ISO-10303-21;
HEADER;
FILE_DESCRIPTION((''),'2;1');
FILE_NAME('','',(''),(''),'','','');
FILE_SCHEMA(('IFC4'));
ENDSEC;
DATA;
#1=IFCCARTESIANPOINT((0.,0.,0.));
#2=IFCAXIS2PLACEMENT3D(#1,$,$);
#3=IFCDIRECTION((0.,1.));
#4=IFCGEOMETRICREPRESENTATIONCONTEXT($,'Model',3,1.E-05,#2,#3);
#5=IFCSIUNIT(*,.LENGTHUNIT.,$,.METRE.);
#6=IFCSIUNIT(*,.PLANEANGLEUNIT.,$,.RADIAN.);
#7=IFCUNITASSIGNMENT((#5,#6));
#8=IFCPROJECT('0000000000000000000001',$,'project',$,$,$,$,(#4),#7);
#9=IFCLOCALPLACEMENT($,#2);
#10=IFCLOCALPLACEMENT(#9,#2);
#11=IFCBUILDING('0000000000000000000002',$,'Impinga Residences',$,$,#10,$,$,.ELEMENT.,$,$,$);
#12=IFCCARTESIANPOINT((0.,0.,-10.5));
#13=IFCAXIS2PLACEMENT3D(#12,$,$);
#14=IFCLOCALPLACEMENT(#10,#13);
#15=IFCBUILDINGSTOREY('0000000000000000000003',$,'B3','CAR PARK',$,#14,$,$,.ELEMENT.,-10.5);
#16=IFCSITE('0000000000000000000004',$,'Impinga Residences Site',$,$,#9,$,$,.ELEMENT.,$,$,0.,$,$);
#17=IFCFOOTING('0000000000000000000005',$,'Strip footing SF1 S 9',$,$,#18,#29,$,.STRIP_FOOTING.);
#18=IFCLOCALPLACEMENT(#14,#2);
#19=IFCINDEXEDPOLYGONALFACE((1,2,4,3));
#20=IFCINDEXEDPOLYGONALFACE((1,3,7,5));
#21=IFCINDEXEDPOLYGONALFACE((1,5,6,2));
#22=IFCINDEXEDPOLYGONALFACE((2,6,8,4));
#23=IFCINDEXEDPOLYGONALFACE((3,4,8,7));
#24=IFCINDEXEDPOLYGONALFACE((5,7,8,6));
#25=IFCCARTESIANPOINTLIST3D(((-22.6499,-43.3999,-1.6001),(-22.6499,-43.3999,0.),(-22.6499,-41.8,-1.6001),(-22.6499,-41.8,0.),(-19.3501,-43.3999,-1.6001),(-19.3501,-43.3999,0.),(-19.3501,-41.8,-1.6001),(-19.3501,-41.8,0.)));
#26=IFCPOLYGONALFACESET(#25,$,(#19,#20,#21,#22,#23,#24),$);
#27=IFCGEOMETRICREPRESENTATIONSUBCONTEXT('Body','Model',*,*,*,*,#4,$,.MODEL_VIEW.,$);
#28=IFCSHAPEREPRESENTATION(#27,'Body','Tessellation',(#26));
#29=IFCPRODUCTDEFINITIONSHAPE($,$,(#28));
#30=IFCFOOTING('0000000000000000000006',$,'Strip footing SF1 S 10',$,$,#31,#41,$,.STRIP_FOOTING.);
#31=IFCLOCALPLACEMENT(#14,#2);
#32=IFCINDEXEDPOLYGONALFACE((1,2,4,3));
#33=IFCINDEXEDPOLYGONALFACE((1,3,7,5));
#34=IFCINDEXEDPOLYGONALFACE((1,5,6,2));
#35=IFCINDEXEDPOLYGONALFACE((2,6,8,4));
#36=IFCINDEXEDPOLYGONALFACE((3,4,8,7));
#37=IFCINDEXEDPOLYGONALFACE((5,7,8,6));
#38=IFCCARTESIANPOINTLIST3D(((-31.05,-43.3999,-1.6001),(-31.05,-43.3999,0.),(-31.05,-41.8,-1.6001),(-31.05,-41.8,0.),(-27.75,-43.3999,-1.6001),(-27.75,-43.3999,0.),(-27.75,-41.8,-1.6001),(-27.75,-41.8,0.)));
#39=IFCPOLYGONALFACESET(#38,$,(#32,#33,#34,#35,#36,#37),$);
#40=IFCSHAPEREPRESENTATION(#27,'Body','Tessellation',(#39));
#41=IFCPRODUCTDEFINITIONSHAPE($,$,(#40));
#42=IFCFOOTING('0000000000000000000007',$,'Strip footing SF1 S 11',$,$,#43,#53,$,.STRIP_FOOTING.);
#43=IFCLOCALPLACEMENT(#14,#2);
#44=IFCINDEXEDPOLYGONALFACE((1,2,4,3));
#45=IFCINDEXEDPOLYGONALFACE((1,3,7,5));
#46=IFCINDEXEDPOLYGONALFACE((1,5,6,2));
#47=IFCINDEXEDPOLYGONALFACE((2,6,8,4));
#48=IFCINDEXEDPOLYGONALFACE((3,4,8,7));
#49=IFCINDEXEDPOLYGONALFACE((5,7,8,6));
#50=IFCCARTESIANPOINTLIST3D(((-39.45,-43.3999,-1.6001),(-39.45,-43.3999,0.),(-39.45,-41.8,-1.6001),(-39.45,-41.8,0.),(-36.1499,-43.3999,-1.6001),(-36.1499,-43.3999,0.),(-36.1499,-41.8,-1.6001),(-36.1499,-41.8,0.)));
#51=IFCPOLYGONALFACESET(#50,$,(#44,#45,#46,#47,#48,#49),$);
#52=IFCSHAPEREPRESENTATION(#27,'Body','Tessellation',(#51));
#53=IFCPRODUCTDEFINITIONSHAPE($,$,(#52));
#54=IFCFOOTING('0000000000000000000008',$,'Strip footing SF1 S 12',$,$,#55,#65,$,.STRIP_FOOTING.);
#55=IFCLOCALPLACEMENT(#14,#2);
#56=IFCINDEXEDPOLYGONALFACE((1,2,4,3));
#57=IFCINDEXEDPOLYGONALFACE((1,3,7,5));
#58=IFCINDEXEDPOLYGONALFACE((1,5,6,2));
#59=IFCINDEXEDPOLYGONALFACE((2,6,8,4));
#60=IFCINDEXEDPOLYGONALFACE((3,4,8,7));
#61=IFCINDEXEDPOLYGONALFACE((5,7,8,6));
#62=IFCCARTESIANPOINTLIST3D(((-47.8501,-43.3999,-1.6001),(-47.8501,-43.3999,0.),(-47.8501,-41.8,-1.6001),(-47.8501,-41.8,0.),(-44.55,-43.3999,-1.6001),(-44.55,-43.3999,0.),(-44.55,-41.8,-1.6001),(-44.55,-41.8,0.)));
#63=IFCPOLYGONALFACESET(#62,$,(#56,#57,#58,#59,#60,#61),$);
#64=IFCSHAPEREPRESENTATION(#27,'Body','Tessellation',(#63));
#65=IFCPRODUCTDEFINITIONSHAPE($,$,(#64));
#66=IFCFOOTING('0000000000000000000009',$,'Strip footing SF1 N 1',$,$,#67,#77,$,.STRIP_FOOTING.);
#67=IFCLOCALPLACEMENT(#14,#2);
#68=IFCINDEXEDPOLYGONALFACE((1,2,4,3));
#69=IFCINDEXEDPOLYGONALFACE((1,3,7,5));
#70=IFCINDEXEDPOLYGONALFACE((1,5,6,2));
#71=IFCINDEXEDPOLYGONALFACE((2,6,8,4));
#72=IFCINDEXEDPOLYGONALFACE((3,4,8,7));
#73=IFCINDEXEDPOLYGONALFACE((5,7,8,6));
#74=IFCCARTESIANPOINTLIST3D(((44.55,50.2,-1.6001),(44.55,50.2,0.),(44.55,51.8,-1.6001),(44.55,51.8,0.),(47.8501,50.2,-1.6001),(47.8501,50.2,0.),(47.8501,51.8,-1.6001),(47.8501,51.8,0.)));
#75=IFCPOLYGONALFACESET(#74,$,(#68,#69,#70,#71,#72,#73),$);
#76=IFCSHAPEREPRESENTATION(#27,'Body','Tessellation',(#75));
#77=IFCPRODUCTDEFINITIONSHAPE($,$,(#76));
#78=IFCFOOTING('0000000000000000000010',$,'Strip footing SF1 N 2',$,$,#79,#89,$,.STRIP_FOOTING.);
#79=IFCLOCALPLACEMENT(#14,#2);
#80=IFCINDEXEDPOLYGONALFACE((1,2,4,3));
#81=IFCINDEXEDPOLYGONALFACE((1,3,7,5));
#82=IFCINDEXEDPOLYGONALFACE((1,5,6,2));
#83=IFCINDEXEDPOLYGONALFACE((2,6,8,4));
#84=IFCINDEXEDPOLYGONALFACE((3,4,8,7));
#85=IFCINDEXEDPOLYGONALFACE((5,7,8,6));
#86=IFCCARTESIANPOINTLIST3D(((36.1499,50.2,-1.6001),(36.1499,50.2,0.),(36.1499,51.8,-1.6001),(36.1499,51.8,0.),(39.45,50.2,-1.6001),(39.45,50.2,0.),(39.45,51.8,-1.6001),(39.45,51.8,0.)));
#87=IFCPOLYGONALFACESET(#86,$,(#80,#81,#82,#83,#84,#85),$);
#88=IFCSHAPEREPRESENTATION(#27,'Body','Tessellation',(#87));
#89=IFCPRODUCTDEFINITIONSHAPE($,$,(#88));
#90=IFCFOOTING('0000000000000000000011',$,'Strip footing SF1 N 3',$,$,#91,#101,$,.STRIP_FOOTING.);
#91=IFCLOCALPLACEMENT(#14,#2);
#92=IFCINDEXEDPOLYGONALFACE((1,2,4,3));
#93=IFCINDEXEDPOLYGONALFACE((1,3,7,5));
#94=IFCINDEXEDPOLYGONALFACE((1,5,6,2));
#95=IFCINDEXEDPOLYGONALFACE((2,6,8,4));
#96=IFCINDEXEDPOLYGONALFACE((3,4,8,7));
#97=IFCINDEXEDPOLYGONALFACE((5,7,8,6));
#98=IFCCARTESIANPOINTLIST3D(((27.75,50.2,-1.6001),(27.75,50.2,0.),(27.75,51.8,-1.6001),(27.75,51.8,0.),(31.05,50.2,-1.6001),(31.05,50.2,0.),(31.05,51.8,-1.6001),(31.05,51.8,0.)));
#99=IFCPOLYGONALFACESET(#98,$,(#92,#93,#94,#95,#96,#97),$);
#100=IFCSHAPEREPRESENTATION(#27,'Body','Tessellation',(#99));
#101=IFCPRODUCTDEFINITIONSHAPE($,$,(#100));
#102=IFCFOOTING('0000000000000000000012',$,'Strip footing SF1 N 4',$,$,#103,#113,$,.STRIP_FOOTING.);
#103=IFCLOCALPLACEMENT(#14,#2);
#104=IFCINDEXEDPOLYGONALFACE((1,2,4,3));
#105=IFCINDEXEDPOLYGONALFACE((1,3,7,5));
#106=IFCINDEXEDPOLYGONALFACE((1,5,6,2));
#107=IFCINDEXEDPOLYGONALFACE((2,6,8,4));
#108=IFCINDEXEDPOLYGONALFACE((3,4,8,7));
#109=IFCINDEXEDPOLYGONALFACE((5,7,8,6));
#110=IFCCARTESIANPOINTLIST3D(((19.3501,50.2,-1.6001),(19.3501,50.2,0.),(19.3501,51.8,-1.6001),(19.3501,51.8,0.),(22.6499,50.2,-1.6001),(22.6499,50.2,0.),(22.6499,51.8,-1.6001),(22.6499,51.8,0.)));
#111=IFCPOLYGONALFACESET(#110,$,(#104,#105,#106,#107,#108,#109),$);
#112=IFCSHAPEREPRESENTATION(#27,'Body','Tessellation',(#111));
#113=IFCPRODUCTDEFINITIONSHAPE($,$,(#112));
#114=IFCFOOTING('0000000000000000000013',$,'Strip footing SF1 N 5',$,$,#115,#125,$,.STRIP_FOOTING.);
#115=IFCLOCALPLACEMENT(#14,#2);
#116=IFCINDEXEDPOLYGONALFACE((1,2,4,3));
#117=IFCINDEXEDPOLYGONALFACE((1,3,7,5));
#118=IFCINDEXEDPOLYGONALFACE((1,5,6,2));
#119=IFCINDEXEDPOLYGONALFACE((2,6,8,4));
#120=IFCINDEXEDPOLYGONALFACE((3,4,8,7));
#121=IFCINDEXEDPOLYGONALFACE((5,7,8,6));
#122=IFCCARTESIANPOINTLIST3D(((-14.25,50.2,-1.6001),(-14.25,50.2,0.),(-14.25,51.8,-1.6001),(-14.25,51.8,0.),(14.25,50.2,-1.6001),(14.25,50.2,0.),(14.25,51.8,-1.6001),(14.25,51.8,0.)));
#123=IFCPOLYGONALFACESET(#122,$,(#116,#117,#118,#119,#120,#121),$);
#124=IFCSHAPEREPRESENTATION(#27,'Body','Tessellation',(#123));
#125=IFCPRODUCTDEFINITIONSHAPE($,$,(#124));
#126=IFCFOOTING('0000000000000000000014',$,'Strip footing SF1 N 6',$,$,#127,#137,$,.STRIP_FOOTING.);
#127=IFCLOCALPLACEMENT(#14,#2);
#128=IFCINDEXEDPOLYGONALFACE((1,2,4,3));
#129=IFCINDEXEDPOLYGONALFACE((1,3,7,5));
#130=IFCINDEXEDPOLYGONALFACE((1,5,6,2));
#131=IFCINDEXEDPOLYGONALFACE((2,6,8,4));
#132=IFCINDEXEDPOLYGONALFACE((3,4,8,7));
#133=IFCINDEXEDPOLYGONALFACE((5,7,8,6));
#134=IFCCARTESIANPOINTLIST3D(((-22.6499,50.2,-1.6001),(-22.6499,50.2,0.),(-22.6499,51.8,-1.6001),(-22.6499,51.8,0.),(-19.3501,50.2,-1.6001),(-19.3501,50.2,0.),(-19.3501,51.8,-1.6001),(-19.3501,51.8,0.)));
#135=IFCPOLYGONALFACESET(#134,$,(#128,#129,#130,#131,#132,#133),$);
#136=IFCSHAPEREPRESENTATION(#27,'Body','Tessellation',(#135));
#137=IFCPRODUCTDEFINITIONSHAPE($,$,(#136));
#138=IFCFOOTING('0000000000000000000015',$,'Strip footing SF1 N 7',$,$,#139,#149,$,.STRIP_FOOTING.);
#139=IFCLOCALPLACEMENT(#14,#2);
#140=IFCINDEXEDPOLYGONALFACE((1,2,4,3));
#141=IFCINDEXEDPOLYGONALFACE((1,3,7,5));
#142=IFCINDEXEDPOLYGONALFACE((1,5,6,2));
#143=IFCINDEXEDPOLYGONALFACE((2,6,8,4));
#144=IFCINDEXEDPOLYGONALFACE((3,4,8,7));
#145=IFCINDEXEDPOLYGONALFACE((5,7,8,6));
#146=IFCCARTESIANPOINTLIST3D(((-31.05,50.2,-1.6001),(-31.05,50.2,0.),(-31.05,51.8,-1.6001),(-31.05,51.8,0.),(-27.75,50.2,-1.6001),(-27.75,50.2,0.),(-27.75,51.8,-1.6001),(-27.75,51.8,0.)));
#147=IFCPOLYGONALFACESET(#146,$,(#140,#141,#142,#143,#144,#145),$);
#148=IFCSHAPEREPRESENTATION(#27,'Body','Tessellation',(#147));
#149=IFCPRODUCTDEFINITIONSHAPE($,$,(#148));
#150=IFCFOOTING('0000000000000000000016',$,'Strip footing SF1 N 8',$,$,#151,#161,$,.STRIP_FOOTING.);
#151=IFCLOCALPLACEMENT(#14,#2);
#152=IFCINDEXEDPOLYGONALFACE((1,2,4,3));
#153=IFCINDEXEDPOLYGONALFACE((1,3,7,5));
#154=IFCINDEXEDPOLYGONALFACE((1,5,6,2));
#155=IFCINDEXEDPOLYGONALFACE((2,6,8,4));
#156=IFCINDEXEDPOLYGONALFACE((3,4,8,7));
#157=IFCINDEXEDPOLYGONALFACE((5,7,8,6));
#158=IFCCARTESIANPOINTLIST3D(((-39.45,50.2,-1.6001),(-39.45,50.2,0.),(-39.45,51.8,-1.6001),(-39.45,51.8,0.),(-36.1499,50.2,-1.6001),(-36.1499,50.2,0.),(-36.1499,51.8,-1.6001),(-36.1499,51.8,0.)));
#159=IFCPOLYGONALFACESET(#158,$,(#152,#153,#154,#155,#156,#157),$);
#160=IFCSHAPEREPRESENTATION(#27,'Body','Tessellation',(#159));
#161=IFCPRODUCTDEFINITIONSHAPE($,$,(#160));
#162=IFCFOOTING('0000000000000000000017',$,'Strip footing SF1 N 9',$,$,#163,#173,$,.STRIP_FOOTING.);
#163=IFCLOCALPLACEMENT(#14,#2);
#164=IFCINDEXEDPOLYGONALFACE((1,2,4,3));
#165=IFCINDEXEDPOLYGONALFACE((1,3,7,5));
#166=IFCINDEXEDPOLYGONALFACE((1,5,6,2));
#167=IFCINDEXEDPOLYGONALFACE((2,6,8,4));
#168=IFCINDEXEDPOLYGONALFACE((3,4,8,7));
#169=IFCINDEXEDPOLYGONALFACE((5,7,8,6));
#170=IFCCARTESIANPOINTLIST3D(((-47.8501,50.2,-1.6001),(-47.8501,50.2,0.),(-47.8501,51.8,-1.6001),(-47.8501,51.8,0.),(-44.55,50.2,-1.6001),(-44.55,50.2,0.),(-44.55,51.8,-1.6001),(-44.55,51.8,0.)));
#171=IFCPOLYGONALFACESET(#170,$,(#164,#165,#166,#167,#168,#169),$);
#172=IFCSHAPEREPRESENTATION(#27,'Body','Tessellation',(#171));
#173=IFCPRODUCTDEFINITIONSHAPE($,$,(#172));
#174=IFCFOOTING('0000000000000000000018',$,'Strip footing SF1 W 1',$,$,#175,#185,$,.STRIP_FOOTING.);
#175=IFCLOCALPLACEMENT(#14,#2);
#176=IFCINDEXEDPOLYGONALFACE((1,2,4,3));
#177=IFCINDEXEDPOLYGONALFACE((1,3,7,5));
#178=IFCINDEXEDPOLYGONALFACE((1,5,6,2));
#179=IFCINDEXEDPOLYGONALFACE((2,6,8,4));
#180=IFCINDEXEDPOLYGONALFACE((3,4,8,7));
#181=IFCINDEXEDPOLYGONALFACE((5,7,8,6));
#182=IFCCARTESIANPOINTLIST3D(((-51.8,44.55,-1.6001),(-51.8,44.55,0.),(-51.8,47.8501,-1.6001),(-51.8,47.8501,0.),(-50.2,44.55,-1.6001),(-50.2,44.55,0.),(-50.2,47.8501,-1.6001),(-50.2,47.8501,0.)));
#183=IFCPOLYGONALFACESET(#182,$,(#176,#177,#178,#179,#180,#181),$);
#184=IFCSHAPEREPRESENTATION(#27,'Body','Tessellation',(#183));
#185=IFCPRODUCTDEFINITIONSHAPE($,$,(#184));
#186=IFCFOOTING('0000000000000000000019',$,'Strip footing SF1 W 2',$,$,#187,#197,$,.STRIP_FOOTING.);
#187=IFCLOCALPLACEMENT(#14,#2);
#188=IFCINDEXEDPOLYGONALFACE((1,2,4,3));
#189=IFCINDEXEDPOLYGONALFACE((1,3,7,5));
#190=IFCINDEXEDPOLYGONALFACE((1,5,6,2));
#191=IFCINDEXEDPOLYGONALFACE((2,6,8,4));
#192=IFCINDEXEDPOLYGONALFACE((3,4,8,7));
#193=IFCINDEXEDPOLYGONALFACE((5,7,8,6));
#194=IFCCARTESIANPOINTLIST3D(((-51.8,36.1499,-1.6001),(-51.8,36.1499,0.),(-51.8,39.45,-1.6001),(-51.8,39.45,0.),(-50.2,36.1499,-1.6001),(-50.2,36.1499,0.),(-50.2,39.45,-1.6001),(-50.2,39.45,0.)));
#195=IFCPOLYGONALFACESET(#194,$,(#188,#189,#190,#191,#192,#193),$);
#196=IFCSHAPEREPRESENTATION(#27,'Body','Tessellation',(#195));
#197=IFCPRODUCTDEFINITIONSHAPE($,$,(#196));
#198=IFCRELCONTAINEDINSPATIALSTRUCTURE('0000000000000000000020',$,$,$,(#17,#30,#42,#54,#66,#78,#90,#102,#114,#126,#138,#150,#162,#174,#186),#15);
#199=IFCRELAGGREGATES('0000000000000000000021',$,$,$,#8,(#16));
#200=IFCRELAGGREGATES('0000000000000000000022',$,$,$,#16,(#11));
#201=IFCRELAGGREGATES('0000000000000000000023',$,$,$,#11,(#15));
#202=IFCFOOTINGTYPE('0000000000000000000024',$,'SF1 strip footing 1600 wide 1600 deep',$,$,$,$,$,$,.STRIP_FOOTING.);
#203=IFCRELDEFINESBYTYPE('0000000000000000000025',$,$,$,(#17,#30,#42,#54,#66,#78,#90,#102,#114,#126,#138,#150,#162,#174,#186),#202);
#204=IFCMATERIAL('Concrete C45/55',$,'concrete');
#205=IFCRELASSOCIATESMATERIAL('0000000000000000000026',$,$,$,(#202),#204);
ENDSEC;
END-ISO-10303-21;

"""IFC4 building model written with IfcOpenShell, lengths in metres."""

from ifc_helpers import new_model, si_unit, direction, frame, origin, place, context, subcontext, project, spatial, polyline, outline, extrude, material, type_object, element, save


model = new_model("IFC4")

# Units and contexts
model_context = context("Model", 3, precision=1e-05, world=origin(), true_north=direction((0.0, 1.0)))
body_context = subcontext(model_context, "Body", "Model", "MODEL_VIEW")
ifc_project = project(units=[si_unit("LENGTHUNIT", "METRE"), si_unit("PLANEANGLEUNIT", "RADIAN")], contexts=[model_context])

# Site, building, storey
site_placement = place(None, origin())
site = spatial("IfcSite", under=ifc_project, at=site_placement, Name="Impinga Residences Site", CompositionType="ELEMENT", RefElevation=0.0)
building_placement = place(site_placement, origin())
building = spatial("IfcBuilding", under=site, at=building_placement, Name="Impinga Residences", CompositionType="ELEMENT")
storey_placement = place(building_placement, frame((0.0, 0.0, -10.5)))
storey = spatial("IfcBuildingStorey", under=building, at=storey_placement, Name="B3", Description="CAR PARK", CompositionType="ELEMENT", Elevation=-10.5)

# Footings
ifc_material = material(Name="Concrete C45/55", Category="concrete")
footing_type = type_object("IfcFootingType", Name="SF1 strip footing 1600 wide 1600 deep", PredefinedType="STRIP_FOOTING", material=ifc_material)
footing_1_placement = place(storey_placement, frame((0.0, 0.0, -1.6001)))
element("IfcFooting", 1, at=footing_1_placement, inside=storey, type_object=footing_type, Name="Strip footing SF1 S 9", PredefinedType="STRIP_FOOTING", context=body_context, shape_type="SweptSolid", body=[
    extrude(outline(polyline([(-22.6499, -43.3999), (-22.6499, -41.8), (-19.3501, -41.8), (-19.3501, -43.3999), (-22.6499, -43.3999)])), origin(), (0.0, 0.0, 1.0), 1.6001),
])
footing_2_placement = place(storey_placement, frame((0.0, 0.0, -1.6001)))
element("IfcFooting", 2, at=footing_2_placement, inside=storey, type_object=footing_type, Name="Strip footing SF1 S 10", PredefinedType="STRIP_FOOTING", context=body_context, shape_type="SweptSolid", body=[
    extrude(outline(polyline([(-31.05, -43.3999), (-31.05, -41.8), (-27.75, -41.8), (-27.75, -43.3999), (-31.05, -43.3999)])), origin(), (0.0, 0.0, 1.0), 1.6001),
])
footing_3_placement = place(storey_placement, frame((0.0, 0.0, -1.6001)))
element("IfcFooting", 3, at=footing_3_placement, inside=storey, type_object=footing_type, Name="Strip footing SF1 S 11", PredefinedType="STRIP_FOOTING", context=body_context, shape_type="SweptSolid", body=[
    extrude(outline(polyline([(-39.45, -43.3999), (-39.45, -41.8), (-36.1499, -41.8), (-36.1499, -43.3999), (-39.45, -43.3999)])), origin(), (0.0, 0.0, 1.0), 1.6001),
])
footing_4_placement = place(storey_placement, frame((0.0, 0.0, -1.6001)))
element("IfcFooting", 4, at=footing_4_placement, inside=storey, type_object=footing_type, Name="Strip footing SF1 S 12", PredefinedType="STRIP_FOOTING", context=body_context, shape_type="SweptSolid", body=[
    extrude(outline(polyline([(-47.8501, -43.3999), (-47.8501, -41.8), (-44.55, -41.8), (-44.55, -43.3999), (-47.8501, -43.3999)])), origin(), (0.0, 0.0, 1.0), 1.6001),
])
footing_5_placement = place(storey_placement, frame((0.0, 0.0, -1.6001)))
element("IfcFooting", 5, at=footing_5_placement, inside=storey, type_object=footing_type, Name="Strip footing SF1 N 1", PredefinedType="STRIP_FOOTING", context=body_context, shape_type="SweptSolid", body=[
    extrude(outline(polyline([(44.55, 50.2), (44.55, 51.8), (47.8501, 51.8), (47.8501, 50.2), (44.55, 50.2)])), origin(), (0.0, 0.0, 1.0), 1.6001),
])
footing_6_placement = place(storey_placement, frame((0.0, 0.0, -1.6001)))
element("IfcFooting", 6, at=footing_6_placement, inside=storey, type_object=footing_type, Name="Strip footing SF1 N 2", PredefinedType="STRIP_FOOTING", context=body_context, shape_type="SweptSolid", body=[
    extrude(outline(polyline([(36.1499, 50.2), (36.1499, 51.8), (39.45, 51.8), (39.45, 50.2), (36.1499, 50.2)])), origin(), (0.0, 0.0, 1.0), 1.6001),
])
footing_7_placement = place(storey_placement, frame((0.0, 0.0, -1.6001)))
element("IfcFooting", 7, at=footing_7_placement, inside=storey, type_object=footing_type, Name="Strip footing SF1 N 3", PredefinedType="STRIP_FOOTING", context=body_context, shape_type="SweptSolid", body=[
    extrude(outline(polyline([(27.75, 50.2), (27.75, 51.8), (31.05, 51.8), (31.05, 50.2), (27.75, 50.2)])), origin(), (0.0, 0.0, 1.0), 1.6001),
])
footing_8_placement = place(storey_placement, frame((0.0, 0.0, -1.6001)))
element("IfcFooting", 8, at=footing_8_placement, inside=storey, type_object=footing_type, Name="Strip footing SF1 N 4", PredefinedType="STRIP_FOOTING", context=body_context, shape_type="SweptSolid", body=[
    extrude(outline(polyline([(19.3501, 50.2), (19.3501, 51.8), (22.6499, 51.8), (22.6499, 50.2), (19.3501, 50.2)])), origin(), (0.0, 0.0, 1.0), 1.6001),
])
footing_9_placement = place(storey_placement, frame((0.0, 0.0, -1.6001)))
element("IfcFooting", 9, at=footing_9_placement, inside=storey, type_object=footing_type, Name="Strip footing SF1 N 5", PredefinedType="STRIP_FOOTING", context=body_context, shape_type="SweptSolid", body=[
    extrude(outline(polyline([(-14.25, 50.2), (-14.25, 51.8), (14.25, 51.8), (14.25, 50.2), (-14.25, 50.2)])), origin(), (0.0, 0.0, 1.0), 1.6001),
])
footing_10_placement = place(storey_placement, frame((0.0, 0.0, -1.6001)))
element("IfcFooting", 10, at=footing_10_placement, inside=storey, type_object=footing_type, Name="Strip footing SF1 N 6", PredefinedType="STRIP_FOOTING", context=body_context, shape_type="SweptSolid", body=[
    extrude(outline(polyline([(-22.6499, 50.2), (-22.6499, 51.8), (-19.3501, 51.8), (-19.3501, 50.2), (-22.6499, 50.2)])), origin(), (0.0, 0.0, 1.0), 1.6001),
])
footing_11_placement = place(storey_placement, frame((0.0, 0.0, -1.6001)))
element("IfcFooting", 11, at=footing_11_placement, inside=storey, type_object=footing_type, Name="Strip footing SF1 N 7", PredefinedType="STRIP_FOOTING", context=body_context, shape_type="SweptSolid", body=[
    extrude(outline(polyline([(-31.05, 50.2), (-31.05, 51.8), (-27.75, 51.8), (-27.75, 50.2), (-31.05, 50.2)])), origin(), (0.0, 0.0, 1.0), 1.6001),
])
footing_12_placement = place(storey_placement, frame((0.0, 0.0, -1.6001)))
element("IfcFooting", 12, at=footing_12_placement, inside=storey, type_object=footing_type, Name="Strip footing SF1 N 8", PredefinedType="STRIP_FOOTING", context=body_context, shape_type="SweptSolid", body=[
    extrude(outline(polyline([(-39.45, 50.2), (-39.45, 51.8), (-36.1499, 51.8), (-36.1499, 50.2), (-39.45, 50.2)])), origin(), (0.0, 0.0, 1.0), 1.6001),
])
footing_13_placement = place(storey_placement, frame((0.0, 0.0, -1.6001)))
element("IfcFooting", 13, at=footing_13_placement, inside=storey, type_object=footing_type, Name="Strip footing SF1 N 9", PredefinedType="STRIP_FOOTING", context=body_context, shape_type="SweptSolid", body=[
    extrude(outline(polyline([(-47.8501, 50.2), (-47.8501, 51.8), (-44.55, 51.8), (-44.55, 50.2), (-47.8501, 50.2)])), origin(), (0.0, 0.0, 1.0), 1.6001),
])
footing_14_placement = place(storey_placement, frame((0.0, 0.0, -1.6001)))
element("IfcFooting", 14, at=footing_14_placement, inside=storey, type_object=footing_type, Name="Strip footing SF1 W 1", PredefinedType="STRIP_FOOTING", context=body_context, shape_type="SweptSolid", body=[
    extrude(outline(polyline([(-50.2, 44.55), (-51.8, 44.55), (-51.8, 47.8501), (-50.2, 47.8501), (-50.2, 44.55)])), origin(), (0.0, 0.0, 1.0), 1.6001),
])
footing_15_placement = place(storey_placement, frame((0.0, 0.0, -1.6001)))
element("IfcFooting", 15, at=footing_15_placement, inside=storey, type_object=footing_type, Name="Strip footing SF1 W 2", PredefinedType="STRIP_FOOTING", context=body_context, shape_type="SweptSolid", body=[
    extrude(outline(polyline([(-50.2, 36.1499), (-51.8, 36.1499), (-51.8, 39.45), (-50.2, 39.45), (-50.2, 36.1499)])), origin(), (0.0, 0.0, 1.0), 1.6001),
])

save(model, "model.ifc")
